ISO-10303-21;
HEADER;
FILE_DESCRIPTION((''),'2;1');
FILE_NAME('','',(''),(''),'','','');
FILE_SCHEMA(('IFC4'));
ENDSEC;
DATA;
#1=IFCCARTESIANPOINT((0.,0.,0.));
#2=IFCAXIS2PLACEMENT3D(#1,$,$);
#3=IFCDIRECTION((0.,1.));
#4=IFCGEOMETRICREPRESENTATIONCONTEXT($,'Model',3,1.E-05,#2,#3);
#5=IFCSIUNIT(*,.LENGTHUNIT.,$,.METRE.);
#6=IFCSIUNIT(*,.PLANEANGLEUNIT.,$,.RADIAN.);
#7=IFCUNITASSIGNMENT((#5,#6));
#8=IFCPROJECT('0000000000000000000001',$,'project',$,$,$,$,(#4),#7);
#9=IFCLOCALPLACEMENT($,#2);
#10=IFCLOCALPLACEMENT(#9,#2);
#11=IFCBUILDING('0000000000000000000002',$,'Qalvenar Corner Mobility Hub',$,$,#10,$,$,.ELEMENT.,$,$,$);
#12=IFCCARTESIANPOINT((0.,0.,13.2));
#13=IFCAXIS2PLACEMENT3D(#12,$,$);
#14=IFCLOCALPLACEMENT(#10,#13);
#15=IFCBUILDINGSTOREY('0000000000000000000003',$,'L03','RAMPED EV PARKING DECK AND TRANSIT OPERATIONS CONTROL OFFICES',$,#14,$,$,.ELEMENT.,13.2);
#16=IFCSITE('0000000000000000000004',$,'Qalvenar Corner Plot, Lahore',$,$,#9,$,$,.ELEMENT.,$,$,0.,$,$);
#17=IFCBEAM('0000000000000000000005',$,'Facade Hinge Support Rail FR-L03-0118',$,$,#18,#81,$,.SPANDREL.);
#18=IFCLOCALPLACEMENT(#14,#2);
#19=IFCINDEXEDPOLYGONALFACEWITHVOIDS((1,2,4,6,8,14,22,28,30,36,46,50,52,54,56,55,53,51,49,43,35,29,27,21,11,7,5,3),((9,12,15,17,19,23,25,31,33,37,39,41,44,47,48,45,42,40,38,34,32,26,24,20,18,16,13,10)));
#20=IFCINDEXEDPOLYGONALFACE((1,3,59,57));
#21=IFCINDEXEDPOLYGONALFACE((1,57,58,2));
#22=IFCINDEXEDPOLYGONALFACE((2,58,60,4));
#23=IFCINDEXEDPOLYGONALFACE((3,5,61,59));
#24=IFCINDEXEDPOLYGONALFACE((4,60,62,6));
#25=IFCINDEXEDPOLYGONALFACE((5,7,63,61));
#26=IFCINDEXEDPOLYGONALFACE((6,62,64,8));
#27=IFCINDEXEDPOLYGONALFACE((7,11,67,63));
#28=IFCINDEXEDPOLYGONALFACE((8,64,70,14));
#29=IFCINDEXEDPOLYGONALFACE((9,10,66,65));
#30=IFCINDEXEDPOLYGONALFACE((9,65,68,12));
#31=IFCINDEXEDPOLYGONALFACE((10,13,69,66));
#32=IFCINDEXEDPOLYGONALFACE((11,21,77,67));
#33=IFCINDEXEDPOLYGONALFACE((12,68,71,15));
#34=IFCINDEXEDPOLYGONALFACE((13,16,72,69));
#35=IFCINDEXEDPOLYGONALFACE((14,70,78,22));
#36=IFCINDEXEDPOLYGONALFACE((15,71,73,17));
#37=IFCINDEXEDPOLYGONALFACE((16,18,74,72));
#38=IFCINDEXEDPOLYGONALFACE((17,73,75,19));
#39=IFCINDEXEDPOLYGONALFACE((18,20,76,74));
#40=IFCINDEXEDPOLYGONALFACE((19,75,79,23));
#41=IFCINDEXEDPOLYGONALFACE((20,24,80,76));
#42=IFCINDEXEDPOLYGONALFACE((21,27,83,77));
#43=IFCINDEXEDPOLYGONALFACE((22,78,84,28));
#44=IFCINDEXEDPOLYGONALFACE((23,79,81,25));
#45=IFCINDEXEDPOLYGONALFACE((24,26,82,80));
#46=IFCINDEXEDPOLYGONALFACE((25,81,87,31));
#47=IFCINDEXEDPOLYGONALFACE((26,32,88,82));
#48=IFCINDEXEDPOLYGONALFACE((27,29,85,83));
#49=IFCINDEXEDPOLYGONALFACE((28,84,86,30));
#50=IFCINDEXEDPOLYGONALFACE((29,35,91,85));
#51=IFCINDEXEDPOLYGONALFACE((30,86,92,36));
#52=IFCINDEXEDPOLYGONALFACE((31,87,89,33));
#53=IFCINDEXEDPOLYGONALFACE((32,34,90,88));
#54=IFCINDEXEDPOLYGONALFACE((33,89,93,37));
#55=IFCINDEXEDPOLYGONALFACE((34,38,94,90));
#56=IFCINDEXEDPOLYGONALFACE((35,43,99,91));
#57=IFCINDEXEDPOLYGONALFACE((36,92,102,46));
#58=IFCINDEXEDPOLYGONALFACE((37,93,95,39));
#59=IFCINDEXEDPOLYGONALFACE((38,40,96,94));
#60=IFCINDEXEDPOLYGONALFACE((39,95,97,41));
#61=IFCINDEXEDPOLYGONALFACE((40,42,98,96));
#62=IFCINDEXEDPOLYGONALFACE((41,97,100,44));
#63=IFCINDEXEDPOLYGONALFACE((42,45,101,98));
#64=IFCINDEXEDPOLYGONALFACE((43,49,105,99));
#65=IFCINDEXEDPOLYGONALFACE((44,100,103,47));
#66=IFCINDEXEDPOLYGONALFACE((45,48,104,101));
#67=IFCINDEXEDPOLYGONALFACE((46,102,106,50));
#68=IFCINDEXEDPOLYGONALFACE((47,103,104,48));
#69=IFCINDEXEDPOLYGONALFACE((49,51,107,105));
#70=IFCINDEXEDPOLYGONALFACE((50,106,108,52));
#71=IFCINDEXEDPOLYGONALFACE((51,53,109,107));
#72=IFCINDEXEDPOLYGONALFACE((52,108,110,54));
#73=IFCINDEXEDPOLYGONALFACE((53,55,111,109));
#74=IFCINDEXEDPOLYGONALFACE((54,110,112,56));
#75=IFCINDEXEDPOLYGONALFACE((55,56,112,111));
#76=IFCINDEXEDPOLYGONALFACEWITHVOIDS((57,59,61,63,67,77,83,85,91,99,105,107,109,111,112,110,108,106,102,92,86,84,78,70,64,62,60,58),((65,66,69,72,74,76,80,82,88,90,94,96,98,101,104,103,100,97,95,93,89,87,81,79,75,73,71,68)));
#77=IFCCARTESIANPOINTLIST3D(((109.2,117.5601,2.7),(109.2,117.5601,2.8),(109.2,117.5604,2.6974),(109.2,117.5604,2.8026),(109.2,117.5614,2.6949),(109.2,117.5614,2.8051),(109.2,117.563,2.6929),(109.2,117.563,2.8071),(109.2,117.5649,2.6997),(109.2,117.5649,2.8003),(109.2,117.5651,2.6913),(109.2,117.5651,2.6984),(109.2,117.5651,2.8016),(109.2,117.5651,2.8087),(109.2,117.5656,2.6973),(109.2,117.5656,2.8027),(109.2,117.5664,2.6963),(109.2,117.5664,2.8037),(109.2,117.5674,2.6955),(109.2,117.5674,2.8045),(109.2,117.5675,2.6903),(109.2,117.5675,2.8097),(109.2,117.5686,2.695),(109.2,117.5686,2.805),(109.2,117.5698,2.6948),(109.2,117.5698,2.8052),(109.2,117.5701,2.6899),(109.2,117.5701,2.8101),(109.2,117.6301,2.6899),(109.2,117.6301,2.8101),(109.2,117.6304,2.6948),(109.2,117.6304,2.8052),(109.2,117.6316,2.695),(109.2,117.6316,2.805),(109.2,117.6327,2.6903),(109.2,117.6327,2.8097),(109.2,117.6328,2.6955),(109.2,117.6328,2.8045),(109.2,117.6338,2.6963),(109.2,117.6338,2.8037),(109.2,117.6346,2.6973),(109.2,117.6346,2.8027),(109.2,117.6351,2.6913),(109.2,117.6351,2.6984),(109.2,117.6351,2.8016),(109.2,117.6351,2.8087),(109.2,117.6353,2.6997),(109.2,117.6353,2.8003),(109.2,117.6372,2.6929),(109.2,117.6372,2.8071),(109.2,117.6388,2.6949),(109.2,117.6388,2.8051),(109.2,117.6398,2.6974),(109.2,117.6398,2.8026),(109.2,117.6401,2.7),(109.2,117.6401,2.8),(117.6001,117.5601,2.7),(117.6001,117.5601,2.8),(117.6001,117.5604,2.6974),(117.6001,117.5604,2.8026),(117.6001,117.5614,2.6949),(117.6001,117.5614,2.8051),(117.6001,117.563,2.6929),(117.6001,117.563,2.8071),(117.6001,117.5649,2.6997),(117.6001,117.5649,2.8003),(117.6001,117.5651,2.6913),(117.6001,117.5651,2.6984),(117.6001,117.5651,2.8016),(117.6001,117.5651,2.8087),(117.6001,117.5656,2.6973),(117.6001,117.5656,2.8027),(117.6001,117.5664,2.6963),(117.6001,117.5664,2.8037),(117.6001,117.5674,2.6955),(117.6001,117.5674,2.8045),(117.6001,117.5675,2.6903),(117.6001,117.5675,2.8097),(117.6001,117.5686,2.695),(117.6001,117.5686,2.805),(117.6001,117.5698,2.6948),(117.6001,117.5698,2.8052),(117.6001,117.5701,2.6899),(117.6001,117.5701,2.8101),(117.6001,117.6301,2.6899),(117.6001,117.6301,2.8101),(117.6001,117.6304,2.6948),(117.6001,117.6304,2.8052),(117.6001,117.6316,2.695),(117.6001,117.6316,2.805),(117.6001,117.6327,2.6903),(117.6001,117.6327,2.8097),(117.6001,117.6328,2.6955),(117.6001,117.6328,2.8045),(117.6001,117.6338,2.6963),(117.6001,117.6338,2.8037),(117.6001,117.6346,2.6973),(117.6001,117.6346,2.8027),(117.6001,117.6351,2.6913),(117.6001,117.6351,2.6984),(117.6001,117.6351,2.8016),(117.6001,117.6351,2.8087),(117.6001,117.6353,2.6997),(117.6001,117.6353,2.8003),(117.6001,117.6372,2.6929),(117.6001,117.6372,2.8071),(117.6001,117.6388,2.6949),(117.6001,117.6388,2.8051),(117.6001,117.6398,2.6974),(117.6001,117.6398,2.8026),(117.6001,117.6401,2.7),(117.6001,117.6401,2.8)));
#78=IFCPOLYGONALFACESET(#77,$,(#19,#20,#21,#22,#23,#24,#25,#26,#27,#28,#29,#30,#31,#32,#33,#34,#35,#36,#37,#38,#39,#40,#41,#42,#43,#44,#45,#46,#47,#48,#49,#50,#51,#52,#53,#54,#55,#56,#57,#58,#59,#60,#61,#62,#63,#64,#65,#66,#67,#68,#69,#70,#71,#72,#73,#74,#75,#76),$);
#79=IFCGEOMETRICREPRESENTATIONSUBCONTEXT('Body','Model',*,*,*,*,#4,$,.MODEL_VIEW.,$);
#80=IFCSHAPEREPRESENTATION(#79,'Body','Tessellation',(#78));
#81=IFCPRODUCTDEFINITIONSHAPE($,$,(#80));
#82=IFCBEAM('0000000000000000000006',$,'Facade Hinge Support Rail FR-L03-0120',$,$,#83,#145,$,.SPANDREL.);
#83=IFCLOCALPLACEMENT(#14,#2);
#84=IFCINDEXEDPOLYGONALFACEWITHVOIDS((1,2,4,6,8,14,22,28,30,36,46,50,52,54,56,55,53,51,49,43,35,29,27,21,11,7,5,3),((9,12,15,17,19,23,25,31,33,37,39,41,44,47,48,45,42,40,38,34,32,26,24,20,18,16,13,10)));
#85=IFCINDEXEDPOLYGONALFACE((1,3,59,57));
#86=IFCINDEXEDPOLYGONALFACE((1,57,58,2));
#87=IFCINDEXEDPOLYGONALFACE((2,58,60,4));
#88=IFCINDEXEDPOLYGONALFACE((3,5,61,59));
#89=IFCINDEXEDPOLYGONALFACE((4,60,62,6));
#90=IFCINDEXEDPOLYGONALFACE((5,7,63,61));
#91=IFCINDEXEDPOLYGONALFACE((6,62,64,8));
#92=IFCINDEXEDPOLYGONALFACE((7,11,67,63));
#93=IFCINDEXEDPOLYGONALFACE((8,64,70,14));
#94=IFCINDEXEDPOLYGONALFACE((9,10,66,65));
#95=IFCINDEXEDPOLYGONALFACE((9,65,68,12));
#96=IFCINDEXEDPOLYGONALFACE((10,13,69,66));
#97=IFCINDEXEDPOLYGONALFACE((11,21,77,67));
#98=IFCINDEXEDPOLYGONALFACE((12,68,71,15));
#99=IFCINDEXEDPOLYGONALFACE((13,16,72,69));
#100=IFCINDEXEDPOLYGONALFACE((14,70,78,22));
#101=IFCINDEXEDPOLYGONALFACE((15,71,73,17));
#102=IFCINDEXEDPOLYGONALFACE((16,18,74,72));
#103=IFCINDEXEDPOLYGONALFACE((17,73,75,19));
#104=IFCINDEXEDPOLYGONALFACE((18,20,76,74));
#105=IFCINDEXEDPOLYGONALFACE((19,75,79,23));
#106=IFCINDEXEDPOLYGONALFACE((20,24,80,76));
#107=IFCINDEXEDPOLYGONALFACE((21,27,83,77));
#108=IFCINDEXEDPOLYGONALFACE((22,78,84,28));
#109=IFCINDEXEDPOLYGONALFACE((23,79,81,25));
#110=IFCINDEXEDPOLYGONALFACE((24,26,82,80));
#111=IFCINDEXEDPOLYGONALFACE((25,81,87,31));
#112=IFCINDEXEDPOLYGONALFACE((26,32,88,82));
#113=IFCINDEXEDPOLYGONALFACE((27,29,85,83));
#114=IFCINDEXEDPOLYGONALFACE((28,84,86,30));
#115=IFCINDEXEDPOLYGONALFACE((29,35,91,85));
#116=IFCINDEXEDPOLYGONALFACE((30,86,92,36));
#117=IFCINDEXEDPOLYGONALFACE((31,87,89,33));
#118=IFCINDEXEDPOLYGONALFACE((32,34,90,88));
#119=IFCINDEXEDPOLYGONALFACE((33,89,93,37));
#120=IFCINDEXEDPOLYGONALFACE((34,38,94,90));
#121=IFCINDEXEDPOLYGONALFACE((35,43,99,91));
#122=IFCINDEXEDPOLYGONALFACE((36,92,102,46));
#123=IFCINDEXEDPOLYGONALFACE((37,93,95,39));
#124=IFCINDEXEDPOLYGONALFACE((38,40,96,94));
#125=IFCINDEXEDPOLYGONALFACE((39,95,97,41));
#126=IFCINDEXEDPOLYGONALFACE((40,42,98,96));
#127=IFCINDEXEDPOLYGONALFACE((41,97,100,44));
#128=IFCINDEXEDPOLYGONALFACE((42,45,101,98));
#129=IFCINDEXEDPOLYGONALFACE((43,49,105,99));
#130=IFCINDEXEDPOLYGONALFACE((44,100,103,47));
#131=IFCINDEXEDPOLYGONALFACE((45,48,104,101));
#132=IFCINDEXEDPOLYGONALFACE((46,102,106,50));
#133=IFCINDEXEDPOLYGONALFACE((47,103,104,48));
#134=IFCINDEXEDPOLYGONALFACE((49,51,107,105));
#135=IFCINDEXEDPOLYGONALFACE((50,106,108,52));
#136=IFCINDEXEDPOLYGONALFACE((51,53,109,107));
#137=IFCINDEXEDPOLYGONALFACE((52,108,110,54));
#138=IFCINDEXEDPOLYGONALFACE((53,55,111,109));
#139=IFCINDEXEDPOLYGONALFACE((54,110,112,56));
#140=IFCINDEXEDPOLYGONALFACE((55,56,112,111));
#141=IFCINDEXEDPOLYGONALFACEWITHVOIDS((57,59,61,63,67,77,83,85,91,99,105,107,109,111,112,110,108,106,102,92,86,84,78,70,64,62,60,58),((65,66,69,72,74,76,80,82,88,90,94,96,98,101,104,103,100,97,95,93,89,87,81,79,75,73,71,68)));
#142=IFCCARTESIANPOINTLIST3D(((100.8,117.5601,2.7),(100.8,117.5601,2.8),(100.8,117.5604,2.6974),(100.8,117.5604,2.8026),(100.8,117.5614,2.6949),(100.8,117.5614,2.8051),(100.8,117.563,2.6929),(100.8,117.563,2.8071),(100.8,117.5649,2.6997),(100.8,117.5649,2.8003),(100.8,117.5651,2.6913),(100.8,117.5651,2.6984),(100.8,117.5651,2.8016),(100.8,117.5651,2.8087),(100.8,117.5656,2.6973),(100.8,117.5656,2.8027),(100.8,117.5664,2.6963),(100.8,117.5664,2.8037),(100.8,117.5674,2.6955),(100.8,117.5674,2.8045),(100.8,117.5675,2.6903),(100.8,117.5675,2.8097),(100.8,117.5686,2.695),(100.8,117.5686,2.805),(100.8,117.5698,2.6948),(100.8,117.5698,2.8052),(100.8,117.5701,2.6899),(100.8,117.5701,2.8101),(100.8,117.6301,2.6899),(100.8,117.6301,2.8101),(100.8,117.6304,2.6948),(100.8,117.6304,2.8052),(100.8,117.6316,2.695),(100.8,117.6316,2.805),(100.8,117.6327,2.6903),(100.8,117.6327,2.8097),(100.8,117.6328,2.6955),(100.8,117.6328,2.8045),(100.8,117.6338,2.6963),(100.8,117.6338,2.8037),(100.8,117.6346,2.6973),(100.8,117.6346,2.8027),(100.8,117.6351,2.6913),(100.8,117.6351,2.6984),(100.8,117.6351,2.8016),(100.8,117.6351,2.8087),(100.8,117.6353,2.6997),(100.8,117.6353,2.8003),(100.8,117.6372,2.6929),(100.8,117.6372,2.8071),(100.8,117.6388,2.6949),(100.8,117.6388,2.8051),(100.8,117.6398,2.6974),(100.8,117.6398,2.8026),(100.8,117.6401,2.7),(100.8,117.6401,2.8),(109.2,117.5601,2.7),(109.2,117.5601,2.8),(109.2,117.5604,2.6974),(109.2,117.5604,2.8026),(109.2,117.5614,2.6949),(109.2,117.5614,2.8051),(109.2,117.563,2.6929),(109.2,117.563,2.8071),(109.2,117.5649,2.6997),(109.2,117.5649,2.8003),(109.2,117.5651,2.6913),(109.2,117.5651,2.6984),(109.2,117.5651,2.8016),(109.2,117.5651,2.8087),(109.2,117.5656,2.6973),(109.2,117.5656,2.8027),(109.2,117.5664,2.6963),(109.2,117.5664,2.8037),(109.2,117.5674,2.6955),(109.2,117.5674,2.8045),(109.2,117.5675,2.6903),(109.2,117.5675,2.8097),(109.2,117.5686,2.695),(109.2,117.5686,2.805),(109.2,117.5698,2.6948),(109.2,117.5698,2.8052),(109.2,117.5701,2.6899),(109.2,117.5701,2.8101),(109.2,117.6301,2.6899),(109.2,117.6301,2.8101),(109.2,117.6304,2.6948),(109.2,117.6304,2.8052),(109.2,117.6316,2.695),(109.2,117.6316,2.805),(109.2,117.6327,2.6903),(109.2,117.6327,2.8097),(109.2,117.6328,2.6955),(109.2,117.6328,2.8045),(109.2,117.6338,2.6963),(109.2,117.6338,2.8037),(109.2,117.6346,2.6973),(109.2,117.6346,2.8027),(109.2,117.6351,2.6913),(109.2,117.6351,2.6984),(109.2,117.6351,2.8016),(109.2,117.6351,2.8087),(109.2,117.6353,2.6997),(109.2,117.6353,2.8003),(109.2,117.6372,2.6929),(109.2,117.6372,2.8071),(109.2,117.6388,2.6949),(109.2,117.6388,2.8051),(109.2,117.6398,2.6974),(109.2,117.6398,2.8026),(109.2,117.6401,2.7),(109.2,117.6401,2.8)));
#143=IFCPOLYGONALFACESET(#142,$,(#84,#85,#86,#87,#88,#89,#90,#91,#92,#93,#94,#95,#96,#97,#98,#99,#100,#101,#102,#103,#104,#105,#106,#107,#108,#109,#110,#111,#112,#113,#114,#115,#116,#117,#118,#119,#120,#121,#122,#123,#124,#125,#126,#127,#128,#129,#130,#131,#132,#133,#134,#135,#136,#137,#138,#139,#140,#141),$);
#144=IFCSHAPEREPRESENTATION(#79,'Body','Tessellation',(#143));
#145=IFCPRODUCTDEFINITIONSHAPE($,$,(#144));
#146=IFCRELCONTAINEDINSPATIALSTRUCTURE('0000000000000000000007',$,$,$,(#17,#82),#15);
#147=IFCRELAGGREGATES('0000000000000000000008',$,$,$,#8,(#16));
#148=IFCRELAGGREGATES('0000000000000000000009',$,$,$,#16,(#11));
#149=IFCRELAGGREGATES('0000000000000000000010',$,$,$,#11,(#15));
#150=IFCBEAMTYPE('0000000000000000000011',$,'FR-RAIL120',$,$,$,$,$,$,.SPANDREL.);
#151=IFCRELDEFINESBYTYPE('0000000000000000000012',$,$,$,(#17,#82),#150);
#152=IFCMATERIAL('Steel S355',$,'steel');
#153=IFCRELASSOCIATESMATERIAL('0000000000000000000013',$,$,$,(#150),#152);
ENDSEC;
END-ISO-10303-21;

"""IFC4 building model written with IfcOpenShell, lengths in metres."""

from ifc_helpers import new_model, si_unit, direction, frame, origin, origin_2d, place, context, subcontext, project, spatial, hollow_rectangle, extrude, material, material_profile, profile_set, type_object, element, save


model = new_model("IFC4")

# Units and contexts
model_context = context("Model", 3, precision=1e-05, world=origin(), true_north=direction((0.0, 1.0)))
body_context = subcontext(model_context, "Body", "Model", "MODEL_VIEW")
ifc_project = project(units=[si_unit("LENGTHUNIT", "METRE"), si_unit("PLANEANGLEUNIT", "RADIAN")], contexts=[model_context])

# Site, building, storey
site_placement = place(None, origin())
site = spatial("IfcSite", under=ifc_project, at=site_placement, Name="Qalvenar Corner Plot, Lahore", CompositionType="ELEMENT", RefElevation=0.0)
building_placement = place(site_placement, origin())
building = spatial("IfcBuilding", under=site, at=building_placement, Name="Qalvenar Corner Mobility Hub", CompositionType="ELEMENT")
storey_placement = place(building_placement, frame((0.0, 0.0, 13.2)))
storey = spatial("IfcBuildingStorey", under=building, at=storey_placement, Name="L03", Description="RAMPED EV PARKING DECK AND TRANSIT OPERATIONS CONTROL OFFICES", CompositionType="ELEMENT", Elevation=13.2)

# Shared definitions
ifc_material = material(Name="Steel S355", Category="steel")

# Beams
ifc_material_profile_1 = material_profile(ifc_material, hollow_rectangle(XDim=0.0801, YDim=0.1201, WallThickness=0.0049, InnerFilletRadius=0.0049, OuterFilletRadius=0.01, at=origin_2d()), Name="RHS120x80x5")
ifc_profile_set_1 = profile_set([ifc_material_profile_1], Name="Steel S355")
beam_type_1 = type_object("IfcBeamType", Name="FR-RAIL120", PredefinedType="SPANDREL", material=ifc_profile_set_1)
beam_1_placement = place(storey_placement, frame((117.6001, 117.6001, 2.75), z_axis=(-1.0, 0.0, 0.0), x_axis=(0.0, -1.0, 0.0)))
element("IfcBeam", 1, at=beam_1_placement, inside=storey, type_object=beam_type_1, Name="Facade Hinge Support Rail FR-L03-0118", PredefinedType="SPANDREL", context=body_context, shape_type="SweptSolid", body=[
    extrude(hollow_rectangle(XDim=0.0801, YDim=0.1201, WallThickness=0.0049, InnerFilletRadius=0.0049, OuterFilletRadius=0.01, at=origin_2d()), origin(), (0.0, 0.0, 1.0), 8.4001),
])
beam_2_placement = place(storey_placement, frame((109.2, 117.6001, 2.75), z_axis=(-1.0, 0.0, 0.0), x_axis=(0.0, -1.0, 0.0)))
element("IfcBeam", 2, at=beam_2_placement, inside=storey, type_object=beam_type_1, Name="Facade Hinge Support Rail FR-L03-0120", PredefinedType="SPANDREL", context=body_context, shape_type="SweptSolid", body=[
    extrude(hollow_rectangle(XDim=0.0801, YDim=0.1201, WallThickness=0.0049, InnerFilletRadius=0.0049, OuterFilletRadius=0.01, at=origin_2d()), origin(), (0.0, 0.0, 1.0), 8.3999),
])

save(model, "model.ifc")
